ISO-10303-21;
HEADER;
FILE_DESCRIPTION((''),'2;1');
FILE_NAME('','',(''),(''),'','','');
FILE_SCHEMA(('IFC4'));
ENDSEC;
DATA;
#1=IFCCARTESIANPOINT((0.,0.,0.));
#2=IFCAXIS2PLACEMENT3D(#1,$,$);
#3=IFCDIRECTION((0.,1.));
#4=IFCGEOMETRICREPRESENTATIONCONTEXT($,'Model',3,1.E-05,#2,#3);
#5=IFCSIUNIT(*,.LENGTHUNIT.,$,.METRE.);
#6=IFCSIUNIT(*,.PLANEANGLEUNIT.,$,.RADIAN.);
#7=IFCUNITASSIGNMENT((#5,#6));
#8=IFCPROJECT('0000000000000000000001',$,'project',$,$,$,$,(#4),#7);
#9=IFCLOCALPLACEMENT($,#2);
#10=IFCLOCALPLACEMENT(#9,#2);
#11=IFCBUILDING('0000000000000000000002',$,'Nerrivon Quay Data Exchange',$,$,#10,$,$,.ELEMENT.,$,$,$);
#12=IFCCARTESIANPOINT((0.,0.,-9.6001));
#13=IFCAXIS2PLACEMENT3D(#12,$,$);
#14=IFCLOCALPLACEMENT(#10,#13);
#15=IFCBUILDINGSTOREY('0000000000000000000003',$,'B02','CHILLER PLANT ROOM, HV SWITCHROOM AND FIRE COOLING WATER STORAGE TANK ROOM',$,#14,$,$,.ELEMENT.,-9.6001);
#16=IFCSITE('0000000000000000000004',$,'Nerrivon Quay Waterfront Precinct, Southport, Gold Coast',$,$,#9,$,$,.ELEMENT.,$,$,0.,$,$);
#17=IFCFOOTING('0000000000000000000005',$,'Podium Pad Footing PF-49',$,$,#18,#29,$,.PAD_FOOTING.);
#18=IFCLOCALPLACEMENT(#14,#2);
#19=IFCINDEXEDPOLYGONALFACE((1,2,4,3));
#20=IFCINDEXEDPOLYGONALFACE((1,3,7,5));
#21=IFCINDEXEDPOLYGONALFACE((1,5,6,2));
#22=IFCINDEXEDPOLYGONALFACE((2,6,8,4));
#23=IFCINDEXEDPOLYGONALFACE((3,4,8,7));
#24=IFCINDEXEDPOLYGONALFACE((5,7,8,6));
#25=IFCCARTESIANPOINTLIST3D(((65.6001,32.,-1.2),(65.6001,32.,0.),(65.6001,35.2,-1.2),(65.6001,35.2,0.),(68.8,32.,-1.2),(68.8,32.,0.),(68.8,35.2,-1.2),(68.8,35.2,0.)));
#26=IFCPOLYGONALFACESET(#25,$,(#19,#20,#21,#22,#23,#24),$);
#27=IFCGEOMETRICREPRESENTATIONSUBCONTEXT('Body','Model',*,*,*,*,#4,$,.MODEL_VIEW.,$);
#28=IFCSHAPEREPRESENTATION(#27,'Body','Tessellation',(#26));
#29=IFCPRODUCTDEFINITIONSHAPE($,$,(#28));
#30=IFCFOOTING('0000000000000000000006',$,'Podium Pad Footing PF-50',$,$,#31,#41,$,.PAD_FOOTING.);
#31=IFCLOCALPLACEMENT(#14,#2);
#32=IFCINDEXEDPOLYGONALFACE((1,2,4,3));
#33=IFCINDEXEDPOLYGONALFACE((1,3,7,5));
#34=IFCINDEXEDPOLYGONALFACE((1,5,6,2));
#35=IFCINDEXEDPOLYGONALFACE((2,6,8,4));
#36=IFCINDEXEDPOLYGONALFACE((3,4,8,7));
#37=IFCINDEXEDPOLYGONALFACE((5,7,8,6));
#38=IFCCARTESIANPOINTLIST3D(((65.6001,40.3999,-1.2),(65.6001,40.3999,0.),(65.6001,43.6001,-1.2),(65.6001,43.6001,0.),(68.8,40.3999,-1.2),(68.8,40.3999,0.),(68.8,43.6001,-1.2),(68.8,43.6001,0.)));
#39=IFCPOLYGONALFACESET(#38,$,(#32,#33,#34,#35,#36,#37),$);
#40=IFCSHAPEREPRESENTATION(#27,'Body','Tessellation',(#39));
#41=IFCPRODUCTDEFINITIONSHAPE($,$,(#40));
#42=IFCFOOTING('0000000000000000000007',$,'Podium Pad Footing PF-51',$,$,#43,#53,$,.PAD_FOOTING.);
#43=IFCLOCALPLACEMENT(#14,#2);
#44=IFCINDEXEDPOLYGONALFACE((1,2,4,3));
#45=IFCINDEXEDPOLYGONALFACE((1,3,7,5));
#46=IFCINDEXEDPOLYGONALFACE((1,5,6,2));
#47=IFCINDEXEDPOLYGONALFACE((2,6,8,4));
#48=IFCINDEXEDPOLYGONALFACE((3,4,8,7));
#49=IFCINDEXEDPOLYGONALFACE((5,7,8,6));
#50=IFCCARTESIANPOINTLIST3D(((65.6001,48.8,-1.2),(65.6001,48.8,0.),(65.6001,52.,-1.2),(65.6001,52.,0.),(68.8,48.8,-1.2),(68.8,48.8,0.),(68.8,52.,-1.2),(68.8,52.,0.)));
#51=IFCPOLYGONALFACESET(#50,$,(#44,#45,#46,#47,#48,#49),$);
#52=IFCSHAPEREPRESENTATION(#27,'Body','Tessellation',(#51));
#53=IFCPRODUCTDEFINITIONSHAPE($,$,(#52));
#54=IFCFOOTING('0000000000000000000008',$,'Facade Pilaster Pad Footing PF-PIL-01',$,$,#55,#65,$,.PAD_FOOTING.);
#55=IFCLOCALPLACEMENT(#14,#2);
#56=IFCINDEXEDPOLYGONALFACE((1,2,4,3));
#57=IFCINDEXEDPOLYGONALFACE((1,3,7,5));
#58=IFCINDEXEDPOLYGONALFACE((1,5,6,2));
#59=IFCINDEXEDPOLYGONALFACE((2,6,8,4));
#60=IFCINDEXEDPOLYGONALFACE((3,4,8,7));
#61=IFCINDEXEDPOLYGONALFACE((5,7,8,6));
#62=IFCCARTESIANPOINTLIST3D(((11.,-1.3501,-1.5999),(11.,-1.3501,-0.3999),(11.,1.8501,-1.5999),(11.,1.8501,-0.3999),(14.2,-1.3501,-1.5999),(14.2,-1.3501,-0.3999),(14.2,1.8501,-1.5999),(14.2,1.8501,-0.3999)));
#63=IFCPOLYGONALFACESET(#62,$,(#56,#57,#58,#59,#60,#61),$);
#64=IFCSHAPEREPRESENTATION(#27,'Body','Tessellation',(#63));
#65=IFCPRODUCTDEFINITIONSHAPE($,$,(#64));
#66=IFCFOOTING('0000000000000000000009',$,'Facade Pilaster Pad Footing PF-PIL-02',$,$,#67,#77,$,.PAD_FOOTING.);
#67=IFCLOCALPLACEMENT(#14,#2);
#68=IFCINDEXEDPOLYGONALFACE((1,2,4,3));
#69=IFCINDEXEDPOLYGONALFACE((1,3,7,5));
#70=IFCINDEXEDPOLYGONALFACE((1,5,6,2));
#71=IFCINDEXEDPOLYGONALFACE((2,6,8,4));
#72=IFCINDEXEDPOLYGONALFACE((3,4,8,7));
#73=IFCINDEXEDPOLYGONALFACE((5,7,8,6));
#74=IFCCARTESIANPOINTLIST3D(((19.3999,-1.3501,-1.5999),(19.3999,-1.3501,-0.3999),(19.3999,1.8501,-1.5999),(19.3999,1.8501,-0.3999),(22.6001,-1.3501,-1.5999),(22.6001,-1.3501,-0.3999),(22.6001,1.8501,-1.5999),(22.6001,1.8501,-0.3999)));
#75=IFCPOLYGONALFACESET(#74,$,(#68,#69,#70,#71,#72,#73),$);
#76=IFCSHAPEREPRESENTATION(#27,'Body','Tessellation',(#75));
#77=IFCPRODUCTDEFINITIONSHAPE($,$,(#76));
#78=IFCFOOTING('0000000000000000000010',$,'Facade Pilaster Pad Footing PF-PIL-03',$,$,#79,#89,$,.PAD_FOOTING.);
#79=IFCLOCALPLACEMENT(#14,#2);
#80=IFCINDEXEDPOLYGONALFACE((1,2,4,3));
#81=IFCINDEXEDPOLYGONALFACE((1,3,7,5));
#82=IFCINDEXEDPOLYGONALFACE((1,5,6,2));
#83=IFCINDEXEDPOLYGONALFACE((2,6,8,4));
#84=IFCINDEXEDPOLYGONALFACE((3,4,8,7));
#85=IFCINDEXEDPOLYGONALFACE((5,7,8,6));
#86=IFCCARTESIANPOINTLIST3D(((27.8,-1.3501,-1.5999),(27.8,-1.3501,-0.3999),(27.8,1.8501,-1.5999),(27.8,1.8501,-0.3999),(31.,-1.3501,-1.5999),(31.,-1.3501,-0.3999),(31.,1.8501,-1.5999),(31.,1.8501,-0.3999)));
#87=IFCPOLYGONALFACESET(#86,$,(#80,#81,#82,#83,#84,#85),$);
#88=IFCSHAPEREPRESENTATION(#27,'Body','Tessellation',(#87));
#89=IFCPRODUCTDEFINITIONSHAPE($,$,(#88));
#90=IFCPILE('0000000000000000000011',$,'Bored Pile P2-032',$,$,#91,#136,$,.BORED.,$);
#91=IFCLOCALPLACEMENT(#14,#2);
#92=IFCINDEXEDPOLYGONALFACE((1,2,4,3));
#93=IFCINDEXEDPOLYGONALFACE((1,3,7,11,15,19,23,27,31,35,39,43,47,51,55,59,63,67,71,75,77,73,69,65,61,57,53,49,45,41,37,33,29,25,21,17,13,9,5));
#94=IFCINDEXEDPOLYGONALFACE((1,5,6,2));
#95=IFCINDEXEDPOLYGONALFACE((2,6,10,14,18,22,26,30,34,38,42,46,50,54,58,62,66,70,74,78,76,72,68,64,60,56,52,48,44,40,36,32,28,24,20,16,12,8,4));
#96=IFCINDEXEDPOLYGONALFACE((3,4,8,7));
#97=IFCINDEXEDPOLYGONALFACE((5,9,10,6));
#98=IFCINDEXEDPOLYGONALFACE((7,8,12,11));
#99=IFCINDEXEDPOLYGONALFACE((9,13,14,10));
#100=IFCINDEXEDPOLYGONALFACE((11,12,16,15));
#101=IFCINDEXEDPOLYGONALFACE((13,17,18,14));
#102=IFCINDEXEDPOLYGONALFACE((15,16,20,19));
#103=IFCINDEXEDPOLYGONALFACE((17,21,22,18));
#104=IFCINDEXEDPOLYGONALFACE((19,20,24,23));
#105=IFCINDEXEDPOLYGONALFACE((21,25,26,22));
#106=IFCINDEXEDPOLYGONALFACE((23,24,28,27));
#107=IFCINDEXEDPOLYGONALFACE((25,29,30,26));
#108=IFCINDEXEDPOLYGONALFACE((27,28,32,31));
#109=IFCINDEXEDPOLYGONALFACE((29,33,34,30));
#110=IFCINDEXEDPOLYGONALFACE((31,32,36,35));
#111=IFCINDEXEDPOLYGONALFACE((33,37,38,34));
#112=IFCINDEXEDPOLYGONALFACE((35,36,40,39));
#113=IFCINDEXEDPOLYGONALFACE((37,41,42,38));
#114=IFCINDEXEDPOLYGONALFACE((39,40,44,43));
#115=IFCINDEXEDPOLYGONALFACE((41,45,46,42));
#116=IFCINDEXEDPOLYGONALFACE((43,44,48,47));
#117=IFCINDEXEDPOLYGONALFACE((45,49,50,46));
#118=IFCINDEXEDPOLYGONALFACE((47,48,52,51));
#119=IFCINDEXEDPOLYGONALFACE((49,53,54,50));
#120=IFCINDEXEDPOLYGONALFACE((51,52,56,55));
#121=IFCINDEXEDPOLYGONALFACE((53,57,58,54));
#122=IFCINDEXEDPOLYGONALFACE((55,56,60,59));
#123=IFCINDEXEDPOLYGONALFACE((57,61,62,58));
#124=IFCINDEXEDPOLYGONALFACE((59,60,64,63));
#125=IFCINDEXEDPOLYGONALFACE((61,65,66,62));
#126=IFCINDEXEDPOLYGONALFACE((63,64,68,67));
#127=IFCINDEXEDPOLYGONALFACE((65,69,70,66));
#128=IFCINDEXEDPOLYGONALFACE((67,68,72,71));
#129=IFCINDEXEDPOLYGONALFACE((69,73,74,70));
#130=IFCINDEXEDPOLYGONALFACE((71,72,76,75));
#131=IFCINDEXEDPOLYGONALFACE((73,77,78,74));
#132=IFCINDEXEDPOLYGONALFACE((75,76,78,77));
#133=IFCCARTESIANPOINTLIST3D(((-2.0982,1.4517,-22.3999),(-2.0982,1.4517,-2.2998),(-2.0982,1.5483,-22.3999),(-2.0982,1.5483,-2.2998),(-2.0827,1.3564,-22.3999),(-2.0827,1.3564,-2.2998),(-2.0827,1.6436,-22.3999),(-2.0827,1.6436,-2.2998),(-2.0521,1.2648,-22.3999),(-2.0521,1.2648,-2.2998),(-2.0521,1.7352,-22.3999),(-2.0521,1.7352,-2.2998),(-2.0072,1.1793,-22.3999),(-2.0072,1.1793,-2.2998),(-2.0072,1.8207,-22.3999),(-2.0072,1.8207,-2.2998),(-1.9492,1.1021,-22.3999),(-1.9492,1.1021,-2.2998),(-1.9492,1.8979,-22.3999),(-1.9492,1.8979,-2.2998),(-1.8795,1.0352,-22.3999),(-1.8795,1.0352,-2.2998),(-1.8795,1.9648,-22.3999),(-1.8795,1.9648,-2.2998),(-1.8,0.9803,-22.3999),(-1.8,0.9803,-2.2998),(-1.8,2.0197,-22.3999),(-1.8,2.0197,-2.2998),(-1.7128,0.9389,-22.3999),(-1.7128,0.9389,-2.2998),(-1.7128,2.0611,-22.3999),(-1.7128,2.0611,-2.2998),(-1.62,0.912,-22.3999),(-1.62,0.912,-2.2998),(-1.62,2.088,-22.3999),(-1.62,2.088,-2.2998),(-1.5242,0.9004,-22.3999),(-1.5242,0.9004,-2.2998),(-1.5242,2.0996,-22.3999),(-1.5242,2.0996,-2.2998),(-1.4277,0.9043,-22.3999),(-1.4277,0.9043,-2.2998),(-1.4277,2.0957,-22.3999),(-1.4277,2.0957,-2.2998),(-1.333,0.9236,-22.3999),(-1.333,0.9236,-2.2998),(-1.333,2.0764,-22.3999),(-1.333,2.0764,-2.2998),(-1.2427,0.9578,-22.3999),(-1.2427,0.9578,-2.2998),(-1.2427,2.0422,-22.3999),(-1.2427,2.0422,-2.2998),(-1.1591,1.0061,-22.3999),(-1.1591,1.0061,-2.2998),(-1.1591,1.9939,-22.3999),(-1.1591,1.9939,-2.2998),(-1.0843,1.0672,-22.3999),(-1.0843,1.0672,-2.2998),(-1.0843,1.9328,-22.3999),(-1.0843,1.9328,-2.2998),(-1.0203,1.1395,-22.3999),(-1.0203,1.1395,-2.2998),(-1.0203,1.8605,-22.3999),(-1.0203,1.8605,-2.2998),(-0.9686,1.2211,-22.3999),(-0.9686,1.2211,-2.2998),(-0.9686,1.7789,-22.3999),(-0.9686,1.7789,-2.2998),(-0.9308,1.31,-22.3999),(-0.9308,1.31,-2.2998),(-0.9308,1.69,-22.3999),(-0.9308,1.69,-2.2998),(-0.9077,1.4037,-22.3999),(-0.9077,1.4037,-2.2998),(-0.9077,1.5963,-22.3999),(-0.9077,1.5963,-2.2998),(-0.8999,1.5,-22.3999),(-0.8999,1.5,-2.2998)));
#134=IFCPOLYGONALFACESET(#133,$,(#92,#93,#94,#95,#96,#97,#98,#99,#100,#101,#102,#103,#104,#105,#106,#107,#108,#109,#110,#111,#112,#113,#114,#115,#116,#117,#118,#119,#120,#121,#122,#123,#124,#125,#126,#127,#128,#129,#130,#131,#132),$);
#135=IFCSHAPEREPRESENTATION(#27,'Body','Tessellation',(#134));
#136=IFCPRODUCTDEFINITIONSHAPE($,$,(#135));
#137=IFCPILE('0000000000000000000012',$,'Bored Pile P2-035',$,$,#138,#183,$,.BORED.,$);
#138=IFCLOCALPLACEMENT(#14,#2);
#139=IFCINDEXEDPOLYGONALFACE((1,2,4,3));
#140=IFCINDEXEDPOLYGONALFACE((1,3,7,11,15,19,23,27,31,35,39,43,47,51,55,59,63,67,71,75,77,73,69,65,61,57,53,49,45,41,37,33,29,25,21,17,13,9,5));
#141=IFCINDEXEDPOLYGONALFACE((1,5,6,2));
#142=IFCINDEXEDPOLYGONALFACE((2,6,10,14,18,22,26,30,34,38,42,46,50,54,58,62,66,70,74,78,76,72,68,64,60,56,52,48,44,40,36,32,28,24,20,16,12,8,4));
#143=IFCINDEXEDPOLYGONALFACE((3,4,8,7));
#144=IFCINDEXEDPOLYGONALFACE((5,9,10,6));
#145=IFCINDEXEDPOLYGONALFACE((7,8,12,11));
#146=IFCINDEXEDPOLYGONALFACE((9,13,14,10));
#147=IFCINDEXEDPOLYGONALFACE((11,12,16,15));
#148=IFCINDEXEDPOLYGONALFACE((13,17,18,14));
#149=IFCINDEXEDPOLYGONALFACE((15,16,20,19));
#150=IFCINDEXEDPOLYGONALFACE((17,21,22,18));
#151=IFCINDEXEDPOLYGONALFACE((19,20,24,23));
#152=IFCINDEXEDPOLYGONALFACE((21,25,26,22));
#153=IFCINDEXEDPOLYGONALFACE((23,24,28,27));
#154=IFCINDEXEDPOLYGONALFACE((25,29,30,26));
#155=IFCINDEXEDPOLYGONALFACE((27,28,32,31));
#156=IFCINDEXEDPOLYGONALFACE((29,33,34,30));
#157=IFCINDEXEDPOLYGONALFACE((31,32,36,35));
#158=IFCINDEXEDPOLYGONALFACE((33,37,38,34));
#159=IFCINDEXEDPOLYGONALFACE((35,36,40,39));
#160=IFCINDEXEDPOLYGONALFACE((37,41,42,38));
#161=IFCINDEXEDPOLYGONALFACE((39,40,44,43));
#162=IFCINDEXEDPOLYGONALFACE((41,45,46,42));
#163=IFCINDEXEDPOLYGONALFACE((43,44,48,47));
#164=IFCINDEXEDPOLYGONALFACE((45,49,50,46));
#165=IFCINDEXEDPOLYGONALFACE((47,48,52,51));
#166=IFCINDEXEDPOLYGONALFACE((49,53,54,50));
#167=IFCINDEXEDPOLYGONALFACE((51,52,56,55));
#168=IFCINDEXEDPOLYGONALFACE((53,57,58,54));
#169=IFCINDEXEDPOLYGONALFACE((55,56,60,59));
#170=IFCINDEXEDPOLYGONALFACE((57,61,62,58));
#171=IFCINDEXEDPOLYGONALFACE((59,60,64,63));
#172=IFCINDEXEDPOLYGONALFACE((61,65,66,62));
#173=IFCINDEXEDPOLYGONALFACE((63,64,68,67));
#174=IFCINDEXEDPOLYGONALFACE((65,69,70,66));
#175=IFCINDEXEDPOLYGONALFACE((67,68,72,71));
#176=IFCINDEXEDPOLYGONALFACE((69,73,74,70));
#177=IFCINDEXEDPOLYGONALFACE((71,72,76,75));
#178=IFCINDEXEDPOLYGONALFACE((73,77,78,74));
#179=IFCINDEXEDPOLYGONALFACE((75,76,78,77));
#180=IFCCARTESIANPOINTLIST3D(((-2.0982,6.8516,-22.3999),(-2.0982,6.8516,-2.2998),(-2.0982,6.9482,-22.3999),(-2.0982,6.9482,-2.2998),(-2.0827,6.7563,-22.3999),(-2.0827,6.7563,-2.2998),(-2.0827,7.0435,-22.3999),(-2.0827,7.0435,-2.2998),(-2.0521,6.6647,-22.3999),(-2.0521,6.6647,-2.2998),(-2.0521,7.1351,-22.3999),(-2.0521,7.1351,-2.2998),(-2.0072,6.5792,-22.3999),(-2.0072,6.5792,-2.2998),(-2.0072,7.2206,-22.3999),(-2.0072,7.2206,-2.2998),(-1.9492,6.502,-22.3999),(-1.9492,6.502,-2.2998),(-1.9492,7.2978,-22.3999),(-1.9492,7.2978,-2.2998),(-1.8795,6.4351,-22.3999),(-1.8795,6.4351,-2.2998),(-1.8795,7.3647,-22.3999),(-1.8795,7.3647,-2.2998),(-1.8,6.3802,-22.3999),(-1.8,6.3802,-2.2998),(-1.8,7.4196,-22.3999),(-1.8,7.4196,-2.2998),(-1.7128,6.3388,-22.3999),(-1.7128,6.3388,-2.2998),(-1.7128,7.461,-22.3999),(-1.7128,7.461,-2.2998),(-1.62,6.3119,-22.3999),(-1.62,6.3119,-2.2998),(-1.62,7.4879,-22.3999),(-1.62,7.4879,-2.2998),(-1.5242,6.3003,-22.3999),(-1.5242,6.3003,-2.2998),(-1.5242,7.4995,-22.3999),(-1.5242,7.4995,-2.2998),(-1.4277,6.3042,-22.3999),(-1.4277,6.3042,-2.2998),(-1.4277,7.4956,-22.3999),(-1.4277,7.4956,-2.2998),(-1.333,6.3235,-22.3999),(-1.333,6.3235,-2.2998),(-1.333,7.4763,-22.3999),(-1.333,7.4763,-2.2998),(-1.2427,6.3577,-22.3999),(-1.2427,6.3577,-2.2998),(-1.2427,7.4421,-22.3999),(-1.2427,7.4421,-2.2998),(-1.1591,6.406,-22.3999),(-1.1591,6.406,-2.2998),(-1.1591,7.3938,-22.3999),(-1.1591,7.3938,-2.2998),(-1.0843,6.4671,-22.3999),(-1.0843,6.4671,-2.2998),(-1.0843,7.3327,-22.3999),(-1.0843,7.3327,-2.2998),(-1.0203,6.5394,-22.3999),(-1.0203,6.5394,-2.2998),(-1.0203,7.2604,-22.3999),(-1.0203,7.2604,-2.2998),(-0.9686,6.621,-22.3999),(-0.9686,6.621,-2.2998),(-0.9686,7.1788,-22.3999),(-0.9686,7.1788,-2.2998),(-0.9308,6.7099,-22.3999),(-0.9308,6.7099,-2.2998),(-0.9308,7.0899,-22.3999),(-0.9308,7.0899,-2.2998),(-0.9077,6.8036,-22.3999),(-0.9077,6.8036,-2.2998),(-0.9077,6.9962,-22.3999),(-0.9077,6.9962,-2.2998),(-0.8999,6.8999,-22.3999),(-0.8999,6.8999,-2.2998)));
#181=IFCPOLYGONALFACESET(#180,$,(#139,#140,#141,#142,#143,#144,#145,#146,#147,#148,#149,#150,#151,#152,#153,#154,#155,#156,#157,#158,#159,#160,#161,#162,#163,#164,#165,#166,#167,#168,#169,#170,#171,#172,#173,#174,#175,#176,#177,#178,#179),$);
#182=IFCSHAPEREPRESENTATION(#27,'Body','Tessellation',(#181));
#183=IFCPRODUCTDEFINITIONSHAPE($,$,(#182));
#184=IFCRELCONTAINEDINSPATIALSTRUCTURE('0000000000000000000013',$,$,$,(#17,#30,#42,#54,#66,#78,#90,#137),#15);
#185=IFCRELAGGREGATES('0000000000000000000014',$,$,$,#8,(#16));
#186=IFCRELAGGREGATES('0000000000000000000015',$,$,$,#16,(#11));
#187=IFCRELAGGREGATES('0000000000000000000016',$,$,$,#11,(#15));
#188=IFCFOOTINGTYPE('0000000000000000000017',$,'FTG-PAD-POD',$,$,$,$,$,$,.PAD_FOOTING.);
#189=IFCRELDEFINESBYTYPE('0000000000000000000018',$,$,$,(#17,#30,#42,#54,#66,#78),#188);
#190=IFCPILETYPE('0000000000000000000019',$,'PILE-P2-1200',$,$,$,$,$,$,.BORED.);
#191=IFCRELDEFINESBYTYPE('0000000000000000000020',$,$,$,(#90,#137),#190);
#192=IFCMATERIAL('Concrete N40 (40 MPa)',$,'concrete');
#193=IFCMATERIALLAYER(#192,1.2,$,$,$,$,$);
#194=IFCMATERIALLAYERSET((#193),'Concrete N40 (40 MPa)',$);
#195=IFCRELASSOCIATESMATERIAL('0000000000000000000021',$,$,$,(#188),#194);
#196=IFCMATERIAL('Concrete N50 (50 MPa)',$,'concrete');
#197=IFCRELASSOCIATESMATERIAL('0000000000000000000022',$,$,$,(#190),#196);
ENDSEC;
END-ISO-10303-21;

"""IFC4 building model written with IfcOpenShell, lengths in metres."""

from ifc_helpers import new_model, si_unit, direction, frame, origin, origin_2d, place, context, subcontext, project, spatial, polyline, circle, outline, extrude, material, layer, layer_set, material_profile, profile_set, type_object, element, save


model = new_model("IFC4")

# Units and contexts
model_context = context("Model", 3, precision=1e-05, world=origin(), true_north=direction((0.0, 1.0)))
body_context = subcontext(model_context, "Body", "Model", "MODEL_VIEW")
ifc_project = project(units=[si_unit("LENGTHUNIT", "METRE"), si_unit("PLANEANGLEUNIT", "RADIAN")], contexts=[model_context])

# Site, building, storey
site_placement = place(None, origin())
site = spatial("IfcSite", under=ifc_project, at=site_placement, Name="Nerrivon Quay Waterfront Precinct, Southport, Gold Coast", CompositionType="ELEMENT", RefElevation=0.0)
building_placement = place(site_placement, origin())
building = spatial("IfcBuilding", under=site, at=building_placement, Name="Nerrivon Quay Data Exchange", CompositionType="ELEMENT")
storey_placement = place(building_placement, frame((0.0, 0.0, -9.6001)))
storey = spatial("IfcBuildingStorey", under=building, at=storey_placement, Name="B02", Description="CHILLER PLANT ROOM, HV SWITCHROOM AND FIRE COOLING WATER STORAGE TANK ROOM", CompositionType="ELEMENT", Elevation=-9.6001)

# Footings
ifc_material_1 = material(Name="Concrete N50 (50 MPa)", Category="concrete")
ifc_material_2 = material(Name="Concrete N40 (40 MPa)", Category="concrete")
ifc_layer_1 = layer(ifc_material_2, 1.2)
ifc_layer_set_1 = layer_set([ifc_layer_1], Name="Concrete N40 (40 MPa)")
footing_type_1 = type_object("IfcFootingType", Name="FTG-PAD-POD", PredefinedType="PAD_FOOTING", material=ifc_layer_set_1)
footing_1_placement = place(storey_placement, frame((0.0, 0.0, -1.2)))
element("IfcFooting", 1, at=footing_1_placement, inside=storey, type_object=footing_type_1, Name="Podium Pad Footing PF-49", PredefinedType="PAD_FOOTING", context=body_context, shape_type="SweptSolid", body=[
    extrude(outline(polyline([(65.6001, 32.0), (68.8, 32.0), (68.8, 35.2), (65.6001, 35.2), (65.6001, 32.0)])), origin(), (0.0, 0.0, 1.0), 1.2),
])
footing_2_placement = place(storey_placement, frame((0.0, 0.0, -1.2)))
element("IfcFooting", 2, at=footing_2_placement, inside=storey, type_object=footing_type_1, Name="Podium Pad Footing PF-50", PredefinedType="PAD_FOOTING", context=body_context, shape_type="SweptSolid", body=[
    extrude(outline(polyline([(65.6001, 40.3999), (68.8, 40.3999), (68.8, 43.6001), (65.6001, 43.6001), (65.6001, 40.3999)])), origin(), (0.0, 0.0, 1.0), 1.2),
])
footing_3_placement = place(storey_placement, frame((0.0, 0.0, -1.2)))
element("IfcFooting", 3, at=footing_3_placement, inside=storey, type_object=footing_type_1, Name="Podium Pad Footing PF-51", PredefinedType="PAD_FOOTING", context=body_context, shape_type="SweptSolid", body=[
    extrude(outline(polyline([(65.6001, 48.8), (68.8, 48.8), (68.8, 52.0), (65.6001, 52.0), (65.6001, 48.8)])), origin(), (0.0, 0.0, 1.0), 1.2),
])
footing_4_placement = place(storey_placement, frame((0.0, 0.0, -1.5999)))
element("IfcFooting", 4, at=footing_4_placement, inside=storey, type_object=footing_type_1, Name="Facade Pilaster Pad Footing PF-PIL-01", PredefinedType="PAD_FOOTING", context=body_context, shape_type="SweptSolid", body=[
    extrude(outline(polyline([(11.0, -1.3501), (14.2, -1.3501), (14.2, 1.8501), (11.0, 1.8501), (11.0, -1.3501)])), origin(), (0.0, 0.0, 1.0), 1.2),
])
footing_5_placement = place(storey_placement, frame((0.0, 0.0, -1.5999)))
element("IfcFooting", 5, at=footing_5_placement, inside=storey, type_object=footing_type_1, Name="Facade Pilaster Pad Footing PF-PIL-02", PredefinedType="PAD_FOOTING", context=body_context, shape_type="SweptSolid", body=[
    extrude(outline(polyline([(19.3999, -1.3501), (22.6001, -1.3501), (22.6001, 1.8501), (19.3999, 1.8501), (19.3999, -1.3501)])), origin(), (0.0, 0.0, 1.0), 1.2),
])
footing_6_placement = place(storey_placement, frame((0.0, 0.0, -1.5999)))
element("IfcFooting", 6, at=footing_6_placement, inside=storey, type_object=footing_type_1, Name="Facade Pilaster Pad Footing PF-PIL-03", PredefinedType="PAD_FOOTING", context=body_context, shape_type="SweptSolid", body=[
    extrude(outline(polyline([(27.8, -1.3501), (31.0, -1.3501), (31.0, 1.8501), (27.8, 1.8501), (27.8, -1.3501)])), origin(), (0.0, 0.0, 1.0), 1.2),
])

# Piles
ifc_material_profile_1 = material_profile(ifc_material_1, circle(Radius=0.6001, at=origin_2d()), Name="PILE-1200")
ifc_profile_set_1 = profile_set([ifc_material_profile_1], Name="Concrete N50 (50 MPa)")
pile_type = type_object("IfcPileType", Name="PILE-P2-1200", PredefinedType="BORED", material=ifc_profile_set_1)
for number, where, z_axis, x_axis, name in (
    (7, (-1.5, 1.5, -2.2998), (0.0, 0.0, -1.0), (1.0, 0.0, 0.0), "Bored Pile P2-032"),
    (8, (-1.5, 6.8999, -2.2998), (0.0, 0.0, -1.0), (1.0, 0.0, 0.0), "Bored Pile P2-035"),
):
    element("IfcPile", number, at=place(storey_placement, frame(where, z_axis=z_axis, x_axis=x_axis)), inside=storey, type_object=pile_type, Name=name, PredefinedType="BORED", context=body_context, shape_type="SweptSolid", body=[
        extrude(circle(Radius=0.6001, at=origin_2d()), origin(), (0.0, 0.0, 1.0), 20.1001),
    ])

save(model, "model.ifc")
